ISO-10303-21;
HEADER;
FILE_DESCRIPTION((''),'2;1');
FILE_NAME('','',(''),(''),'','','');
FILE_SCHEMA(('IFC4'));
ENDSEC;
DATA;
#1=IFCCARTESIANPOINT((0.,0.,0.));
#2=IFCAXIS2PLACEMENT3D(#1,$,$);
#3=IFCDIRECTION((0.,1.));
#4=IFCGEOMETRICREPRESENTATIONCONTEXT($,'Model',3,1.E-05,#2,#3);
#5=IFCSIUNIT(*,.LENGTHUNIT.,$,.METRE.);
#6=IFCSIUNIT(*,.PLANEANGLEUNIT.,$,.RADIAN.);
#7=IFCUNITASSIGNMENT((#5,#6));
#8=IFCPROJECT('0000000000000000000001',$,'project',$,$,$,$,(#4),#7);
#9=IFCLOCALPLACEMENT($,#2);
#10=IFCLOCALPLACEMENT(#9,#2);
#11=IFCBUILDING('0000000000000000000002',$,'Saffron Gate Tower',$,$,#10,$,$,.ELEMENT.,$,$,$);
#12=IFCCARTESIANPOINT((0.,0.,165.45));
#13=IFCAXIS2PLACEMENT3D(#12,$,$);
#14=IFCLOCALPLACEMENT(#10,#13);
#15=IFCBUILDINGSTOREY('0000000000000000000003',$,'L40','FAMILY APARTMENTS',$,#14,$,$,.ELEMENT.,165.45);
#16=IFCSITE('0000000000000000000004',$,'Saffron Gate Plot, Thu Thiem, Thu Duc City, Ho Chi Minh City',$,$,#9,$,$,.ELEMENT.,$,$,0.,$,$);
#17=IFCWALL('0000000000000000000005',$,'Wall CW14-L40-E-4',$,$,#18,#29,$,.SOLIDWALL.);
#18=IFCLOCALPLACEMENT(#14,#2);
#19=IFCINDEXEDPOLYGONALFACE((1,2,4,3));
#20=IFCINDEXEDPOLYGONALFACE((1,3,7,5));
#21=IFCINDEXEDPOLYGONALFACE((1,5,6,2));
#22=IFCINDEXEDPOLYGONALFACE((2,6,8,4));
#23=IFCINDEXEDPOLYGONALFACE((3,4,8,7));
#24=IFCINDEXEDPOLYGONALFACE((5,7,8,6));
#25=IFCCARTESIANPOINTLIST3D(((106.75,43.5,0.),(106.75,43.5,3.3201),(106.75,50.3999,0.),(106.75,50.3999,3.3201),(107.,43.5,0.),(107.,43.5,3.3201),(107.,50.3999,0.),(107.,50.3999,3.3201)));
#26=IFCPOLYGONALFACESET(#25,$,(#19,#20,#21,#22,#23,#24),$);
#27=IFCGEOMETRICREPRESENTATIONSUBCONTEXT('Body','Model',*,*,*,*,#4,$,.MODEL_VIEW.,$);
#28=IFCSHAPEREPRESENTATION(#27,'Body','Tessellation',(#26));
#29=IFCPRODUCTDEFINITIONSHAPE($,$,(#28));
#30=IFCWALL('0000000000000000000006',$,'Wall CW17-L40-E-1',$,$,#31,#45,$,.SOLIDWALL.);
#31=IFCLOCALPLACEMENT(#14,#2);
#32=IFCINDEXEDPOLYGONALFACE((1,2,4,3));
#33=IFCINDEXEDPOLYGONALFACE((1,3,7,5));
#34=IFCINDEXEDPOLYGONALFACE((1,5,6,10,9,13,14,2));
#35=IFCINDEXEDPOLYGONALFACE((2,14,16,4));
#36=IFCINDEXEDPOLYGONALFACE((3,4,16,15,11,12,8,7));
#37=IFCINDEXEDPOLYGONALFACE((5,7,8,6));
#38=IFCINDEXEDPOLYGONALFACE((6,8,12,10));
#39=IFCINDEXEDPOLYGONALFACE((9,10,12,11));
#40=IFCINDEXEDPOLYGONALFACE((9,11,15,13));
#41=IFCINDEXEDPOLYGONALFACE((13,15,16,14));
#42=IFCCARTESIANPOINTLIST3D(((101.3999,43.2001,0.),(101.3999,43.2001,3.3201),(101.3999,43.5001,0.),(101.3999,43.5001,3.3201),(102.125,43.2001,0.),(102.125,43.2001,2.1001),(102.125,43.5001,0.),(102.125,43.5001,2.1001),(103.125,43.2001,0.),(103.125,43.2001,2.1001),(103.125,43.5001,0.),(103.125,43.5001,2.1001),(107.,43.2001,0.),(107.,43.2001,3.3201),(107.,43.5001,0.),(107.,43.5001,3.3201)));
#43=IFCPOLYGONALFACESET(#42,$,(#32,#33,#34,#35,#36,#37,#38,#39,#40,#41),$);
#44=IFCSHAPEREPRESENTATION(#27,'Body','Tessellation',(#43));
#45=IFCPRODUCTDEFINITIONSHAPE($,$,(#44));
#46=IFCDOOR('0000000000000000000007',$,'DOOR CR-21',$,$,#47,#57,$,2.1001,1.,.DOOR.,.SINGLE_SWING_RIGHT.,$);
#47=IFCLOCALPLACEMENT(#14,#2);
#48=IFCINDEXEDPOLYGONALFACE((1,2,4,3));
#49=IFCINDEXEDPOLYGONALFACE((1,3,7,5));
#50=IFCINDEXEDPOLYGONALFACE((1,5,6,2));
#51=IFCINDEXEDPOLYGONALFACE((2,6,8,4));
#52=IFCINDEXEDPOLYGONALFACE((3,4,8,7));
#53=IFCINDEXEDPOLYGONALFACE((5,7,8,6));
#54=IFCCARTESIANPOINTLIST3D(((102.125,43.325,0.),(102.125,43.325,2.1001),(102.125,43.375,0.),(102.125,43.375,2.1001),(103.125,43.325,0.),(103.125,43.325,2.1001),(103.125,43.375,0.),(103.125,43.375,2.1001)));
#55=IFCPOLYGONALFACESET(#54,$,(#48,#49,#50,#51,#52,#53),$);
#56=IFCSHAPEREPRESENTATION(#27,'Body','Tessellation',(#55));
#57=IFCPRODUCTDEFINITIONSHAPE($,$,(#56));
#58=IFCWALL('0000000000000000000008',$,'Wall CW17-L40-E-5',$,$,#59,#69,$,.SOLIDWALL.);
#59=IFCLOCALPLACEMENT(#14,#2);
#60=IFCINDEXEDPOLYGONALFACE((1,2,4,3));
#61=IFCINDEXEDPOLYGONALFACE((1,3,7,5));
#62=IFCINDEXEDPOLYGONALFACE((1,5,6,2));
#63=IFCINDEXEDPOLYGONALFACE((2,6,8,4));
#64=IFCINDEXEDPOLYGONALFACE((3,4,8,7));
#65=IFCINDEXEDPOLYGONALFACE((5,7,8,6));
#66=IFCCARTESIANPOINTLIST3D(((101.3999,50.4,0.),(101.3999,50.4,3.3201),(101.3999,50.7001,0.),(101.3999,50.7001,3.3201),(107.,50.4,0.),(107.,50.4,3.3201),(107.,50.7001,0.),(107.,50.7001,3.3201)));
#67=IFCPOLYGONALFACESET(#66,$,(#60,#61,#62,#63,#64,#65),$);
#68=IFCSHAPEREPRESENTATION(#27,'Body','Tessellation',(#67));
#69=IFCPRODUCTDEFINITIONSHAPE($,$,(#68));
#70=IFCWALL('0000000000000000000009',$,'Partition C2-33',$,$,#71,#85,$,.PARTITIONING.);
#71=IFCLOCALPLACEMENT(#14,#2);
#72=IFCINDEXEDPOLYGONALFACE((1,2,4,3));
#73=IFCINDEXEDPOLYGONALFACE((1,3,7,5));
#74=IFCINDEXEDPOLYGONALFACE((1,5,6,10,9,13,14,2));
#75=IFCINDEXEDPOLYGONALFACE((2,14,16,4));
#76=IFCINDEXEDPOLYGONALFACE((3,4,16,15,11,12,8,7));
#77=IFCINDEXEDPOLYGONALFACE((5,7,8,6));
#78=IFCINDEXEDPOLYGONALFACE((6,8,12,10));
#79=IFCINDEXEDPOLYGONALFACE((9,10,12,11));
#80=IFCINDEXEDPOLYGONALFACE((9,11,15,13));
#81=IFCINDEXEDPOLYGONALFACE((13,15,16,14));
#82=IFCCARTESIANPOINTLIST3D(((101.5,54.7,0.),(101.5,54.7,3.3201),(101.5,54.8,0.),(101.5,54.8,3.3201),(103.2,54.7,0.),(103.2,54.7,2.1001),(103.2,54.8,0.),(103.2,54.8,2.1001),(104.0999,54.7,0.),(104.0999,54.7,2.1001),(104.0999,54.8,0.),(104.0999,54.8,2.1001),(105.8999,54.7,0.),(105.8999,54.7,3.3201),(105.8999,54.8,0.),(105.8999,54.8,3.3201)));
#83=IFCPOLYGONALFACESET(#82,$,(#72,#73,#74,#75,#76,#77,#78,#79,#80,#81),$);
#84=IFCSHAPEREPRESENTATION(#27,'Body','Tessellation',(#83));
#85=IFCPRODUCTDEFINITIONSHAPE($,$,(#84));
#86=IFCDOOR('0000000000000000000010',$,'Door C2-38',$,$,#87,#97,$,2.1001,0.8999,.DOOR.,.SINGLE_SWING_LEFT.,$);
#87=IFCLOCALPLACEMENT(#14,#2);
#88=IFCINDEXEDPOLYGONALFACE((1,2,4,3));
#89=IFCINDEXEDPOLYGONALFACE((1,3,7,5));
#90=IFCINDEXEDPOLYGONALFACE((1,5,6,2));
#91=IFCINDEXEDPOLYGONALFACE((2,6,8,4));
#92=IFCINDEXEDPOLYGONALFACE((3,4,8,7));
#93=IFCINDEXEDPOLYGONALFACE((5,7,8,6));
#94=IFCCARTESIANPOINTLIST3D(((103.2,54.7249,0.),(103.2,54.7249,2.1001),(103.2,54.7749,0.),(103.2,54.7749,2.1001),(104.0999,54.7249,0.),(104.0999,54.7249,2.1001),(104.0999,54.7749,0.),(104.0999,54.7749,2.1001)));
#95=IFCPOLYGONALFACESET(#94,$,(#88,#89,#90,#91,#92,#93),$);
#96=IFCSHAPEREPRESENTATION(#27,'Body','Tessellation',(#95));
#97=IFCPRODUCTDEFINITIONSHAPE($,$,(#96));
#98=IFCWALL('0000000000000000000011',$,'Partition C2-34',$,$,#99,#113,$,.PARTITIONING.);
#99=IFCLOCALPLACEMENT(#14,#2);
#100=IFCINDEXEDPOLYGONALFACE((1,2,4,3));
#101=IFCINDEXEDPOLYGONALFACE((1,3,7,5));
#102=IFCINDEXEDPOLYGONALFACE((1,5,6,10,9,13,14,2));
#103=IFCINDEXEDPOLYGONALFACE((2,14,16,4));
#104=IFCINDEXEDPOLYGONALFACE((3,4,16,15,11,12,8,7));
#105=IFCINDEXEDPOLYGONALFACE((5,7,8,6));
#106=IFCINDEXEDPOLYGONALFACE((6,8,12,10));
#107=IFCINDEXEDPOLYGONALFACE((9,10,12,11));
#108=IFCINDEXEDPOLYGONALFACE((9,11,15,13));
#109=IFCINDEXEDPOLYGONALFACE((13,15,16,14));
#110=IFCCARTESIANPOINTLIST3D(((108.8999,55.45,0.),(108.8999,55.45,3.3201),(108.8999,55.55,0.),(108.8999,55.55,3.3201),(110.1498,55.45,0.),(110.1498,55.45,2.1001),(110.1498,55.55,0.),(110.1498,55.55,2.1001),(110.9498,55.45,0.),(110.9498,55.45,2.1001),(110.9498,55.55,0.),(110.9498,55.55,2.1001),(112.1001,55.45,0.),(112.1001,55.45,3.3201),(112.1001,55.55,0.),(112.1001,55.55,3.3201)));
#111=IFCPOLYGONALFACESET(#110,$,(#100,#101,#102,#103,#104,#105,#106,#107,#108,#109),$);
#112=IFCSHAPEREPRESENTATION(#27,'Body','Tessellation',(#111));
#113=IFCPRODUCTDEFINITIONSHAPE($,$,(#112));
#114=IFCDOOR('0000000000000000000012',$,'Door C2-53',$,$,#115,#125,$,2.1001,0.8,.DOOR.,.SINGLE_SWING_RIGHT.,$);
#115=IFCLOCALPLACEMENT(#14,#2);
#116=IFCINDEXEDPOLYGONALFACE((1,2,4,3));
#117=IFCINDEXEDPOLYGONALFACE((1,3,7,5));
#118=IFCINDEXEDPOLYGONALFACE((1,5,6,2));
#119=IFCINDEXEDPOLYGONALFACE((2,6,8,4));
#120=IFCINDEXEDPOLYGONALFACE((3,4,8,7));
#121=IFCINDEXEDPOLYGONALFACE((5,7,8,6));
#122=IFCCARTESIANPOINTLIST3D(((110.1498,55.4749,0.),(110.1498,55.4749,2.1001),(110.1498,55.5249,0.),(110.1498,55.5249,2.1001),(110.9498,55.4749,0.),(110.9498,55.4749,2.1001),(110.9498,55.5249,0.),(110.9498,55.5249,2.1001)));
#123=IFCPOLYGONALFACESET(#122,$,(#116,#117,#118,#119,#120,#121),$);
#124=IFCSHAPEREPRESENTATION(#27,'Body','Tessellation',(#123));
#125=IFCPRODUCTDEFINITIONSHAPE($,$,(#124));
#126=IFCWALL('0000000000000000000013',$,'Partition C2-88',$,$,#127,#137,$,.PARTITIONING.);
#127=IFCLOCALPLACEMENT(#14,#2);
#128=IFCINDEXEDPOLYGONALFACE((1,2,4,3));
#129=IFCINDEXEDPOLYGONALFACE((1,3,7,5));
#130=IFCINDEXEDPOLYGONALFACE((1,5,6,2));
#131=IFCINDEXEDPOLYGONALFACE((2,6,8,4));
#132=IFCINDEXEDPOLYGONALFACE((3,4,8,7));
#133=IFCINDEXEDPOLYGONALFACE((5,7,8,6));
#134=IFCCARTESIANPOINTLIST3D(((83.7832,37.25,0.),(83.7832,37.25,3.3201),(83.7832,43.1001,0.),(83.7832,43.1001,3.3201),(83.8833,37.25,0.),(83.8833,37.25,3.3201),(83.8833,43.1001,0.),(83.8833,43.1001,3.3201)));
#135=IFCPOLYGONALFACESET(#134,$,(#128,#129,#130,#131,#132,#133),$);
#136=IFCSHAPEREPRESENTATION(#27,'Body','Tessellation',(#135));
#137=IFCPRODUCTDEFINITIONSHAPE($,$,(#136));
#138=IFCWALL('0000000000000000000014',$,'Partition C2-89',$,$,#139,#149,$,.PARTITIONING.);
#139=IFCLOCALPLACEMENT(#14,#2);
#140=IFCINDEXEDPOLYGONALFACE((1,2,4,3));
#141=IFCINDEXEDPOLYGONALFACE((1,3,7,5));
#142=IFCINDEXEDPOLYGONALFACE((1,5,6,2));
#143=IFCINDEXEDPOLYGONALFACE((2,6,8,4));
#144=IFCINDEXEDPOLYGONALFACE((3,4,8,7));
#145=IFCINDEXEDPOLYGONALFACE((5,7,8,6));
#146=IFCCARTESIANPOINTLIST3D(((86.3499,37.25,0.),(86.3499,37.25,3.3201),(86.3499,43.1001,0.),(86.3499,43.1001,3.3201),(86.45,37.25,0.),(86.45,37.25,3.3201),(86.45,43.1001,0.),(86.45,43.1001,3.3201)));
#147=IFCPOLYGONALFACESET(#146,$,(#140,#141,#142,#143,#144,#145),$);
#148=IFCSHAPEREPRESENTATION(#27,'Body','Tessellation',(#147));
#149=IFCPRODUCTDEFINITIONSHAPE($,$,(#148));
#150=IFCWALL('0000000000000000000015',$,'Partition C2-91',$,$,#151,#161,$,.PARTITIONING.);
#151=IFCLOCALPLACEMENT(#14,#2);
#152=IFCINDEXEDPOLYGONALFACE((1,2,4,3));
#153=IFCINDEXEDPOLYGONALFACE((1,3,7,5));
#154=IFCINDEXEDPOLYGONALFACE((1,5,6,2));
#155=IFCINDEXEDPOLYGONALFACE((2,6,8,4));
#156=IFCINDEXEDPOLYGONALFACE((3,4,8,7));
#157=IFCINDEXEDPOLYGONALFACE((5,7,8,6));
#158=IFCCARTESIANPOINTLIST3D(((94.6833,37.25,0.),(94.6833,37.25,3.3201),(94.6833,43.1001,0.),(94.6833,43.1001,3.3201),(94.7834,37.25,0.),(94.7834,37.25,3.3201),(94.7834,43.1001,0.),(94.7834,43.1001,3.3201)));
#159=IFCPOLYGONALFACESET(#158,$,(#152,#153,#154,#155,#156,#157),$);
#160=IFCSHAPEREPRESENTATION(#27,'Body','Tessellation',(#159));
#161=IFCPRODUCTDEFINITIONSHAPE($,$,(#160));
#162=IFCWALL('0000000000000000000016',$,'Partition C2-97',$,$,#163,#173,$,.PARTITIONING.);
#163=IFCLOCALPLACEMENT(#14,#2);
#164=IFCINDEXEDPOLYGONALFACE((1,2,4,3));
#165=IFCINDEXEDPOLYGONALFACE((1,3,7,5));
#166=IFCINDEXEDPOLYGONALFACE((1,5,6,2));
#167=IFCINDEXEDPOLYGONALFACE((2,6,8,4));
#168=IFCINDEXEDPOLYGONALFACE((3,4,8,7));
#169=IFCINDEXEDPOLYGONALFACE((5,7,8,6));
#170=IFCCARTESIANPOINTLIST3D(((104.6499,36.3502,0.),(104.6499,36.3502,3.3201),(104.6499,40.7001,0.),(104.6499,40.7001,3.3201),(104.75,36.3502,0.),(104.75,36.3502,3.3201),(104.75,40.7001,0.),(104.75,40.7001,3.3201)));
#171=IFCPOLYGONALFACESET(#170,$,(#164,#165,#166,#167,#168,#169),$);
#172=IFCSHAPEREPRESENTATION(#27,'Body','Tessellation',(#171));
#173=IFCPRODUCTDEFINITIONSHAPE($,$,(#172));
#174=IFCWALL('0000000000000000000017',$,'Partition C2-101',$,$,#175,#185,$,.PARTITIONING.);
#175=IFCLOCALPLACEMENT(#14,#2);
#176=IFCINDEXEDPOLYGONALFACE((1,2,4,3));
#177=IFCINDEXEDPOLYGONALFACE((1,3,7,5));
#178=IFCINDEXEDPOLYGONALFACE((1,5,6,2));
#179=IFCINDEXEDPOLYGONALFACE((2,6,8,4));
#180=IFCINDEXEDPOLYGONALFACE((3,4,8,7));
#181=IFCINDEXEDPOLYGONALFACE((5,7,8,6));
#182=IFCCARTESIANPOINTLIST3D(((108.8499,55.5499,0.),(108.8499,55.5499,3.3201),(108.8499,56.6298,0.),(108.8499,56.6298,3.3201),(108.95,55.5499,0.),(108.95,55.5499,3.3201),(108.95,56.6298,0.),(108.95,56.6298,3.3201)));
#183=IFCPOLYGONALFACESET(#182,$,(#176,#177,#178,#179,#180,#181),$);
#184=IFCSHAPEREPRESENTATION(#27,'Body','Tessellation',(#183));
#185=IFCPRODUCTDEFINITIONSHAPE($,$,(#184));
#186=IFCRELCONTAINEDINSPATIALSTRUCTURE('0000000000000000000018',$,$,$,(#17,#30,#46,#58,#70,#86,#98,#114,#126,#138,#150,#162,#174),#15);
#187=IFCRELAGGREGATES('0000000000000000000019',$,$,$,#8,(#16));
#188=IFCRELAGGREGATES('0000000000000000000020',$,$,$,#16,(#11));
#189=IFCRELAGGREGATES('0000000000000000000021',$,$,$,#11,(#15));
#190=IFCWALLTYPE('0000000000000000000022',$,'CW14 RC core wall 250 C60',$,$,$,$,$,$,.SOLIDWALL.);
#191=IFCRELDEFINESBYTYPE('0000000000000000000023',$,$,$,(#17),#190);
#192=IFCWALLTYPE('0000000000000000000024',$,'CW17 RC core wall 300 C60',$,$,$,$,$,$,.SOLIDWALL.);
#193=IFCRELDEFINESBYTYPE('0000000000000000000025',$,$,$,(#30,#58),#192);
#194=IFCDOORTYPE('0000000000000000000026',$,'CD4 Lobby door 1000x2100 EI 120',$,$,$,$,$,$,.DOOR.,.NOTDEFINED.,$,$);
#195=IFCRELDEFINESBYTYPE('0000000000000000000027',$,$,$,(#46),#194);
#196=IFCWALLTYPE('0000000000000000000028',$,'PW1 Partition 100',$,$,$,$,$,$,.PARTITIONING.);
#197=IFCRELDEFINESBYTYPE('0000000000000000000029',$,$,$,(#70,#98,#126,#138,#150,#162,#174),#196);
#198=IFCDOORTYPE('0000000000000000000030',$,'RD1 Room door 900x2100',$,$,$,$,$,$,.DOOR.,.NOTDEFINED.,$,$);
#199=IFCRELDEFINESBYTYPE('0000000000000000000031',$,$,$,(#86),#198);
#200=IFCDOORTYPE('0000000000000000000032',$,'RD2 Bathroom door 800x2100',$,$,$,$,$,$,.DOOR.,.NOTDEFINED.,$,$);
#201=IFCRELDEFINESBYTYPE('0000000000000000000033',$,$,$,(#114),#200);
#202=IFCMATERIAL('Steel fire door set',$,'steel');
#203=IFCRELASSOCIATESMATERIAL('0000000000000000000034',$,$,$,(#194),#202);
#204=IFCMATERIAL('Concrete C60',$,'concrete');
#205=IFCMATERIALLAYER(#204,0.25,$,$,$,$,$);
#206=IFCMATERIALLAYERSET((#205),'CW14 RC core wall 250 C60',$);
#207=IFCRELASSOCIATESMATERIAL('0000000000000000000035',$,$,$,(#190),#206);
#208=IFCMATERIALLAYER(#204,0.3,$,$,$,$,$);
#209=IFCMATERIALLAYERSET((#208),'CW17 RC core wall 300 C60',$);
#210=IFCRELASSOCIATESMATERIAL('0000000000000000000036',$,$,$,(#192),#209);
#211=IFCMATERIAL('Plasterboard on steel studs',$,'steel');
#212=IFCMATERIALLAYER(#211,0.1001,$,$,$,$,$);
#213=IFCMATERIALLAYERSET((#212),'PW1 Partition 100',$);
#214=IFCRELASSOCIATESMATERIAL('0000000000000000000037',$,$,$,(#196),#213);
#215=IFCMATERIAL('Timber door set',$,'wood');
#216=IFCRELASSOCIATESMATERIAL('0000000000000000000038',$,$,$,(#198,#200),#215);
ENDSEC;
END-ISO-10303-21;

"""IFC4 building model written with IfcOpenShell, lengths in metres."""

from ifc_helpers import new_model, si_unit, direction, frame, frame_2d, origin, place, context, subcontext, project, spatial, rectangle, extrude, material, layer, layer_set, type_object, element, fill, save


model = new_model("IFC4")

# Units and contexts
model_context = context("Model", 3, precision=1e-05, world=origin(), true_north=direction((0.0, 1.0)))
body_context = subcontext(model_context, "Body", "Model", "MODEL_VIEW")
ifc_project = project(units=[si_unit("LENGTHUNIT", "METRE"), si_unit("PLANEANGLEUNIT", "RADIAN")], contexts=[model_context])

# Site, building, storey
site_placement = place(None, origin())
site = spatial("IfcSite", under=ifc_project, at=site_placement, Name="Saffron Gate Plot, Thu Thiem, Thu Duc City, Ho Chi Minh City", CompositionType="ELEMENT", RefElevation=0.0)
building_placement = place(site_placement, origin())
building = spatial("IfcBuilding", under=site, at=building_placement, Name="Saffron Gate Tower", CompositionType="ELEMENT")
storey_placement = place(building_placement, frame((0.0, 0.0, 165.45)))
storey = spatial("IfcBuildingStorey", under=building, at=storey_placement, Name="L40", Description="FAMILY APARTMENTS", CompositionType="ELEMENT", Elevation=165.45)

# Shared definitions
ifc_material_1 = material(Name="Steel fire door set", Category="steel")
door_type_1 = type_object("IfcDoorType", Name="CD4 Lobby door 1000x2100 EI 120", OperationType="NOTDEFINED", PredefinedType="DOOR", material=ifc_material_1)
ifc_material_2 = material(Name="Concrete C60", Category="concrete")
ifc_layer_1 = layer(ifc_material_2, 0.25)
ifc_layer_set_1 = layer_set([ifc_layer_1], Name="CW14 RC core wall 250 C60")
wall_type_1 = type_object("IfcWallType", Name="CW14 RC core wall 250 C60", PredefinedType="SOLIDWALL", material=ifc_layer_set_1)

# Wall
wall_1_placement = place(storey_placement, frame((106.875, 43.5, 0.0), z_axis=(0.0, 0.0, 1.0), x_axis=(0.0, 1.0, 0.0)))
element("IfcWall", 1, at=wall_1_placement, inside=storey, type_object=wall_type_1, Name="Wall CW14-L40-E-4", PredefinedType="SOLIDWALL", context=body_context, shape_type="SweptSolid", body=[
    extrude(rectangle(XDim=6.8999, YDim=0.25, at=frame_2d((3.45, 0.0))), origin(), (0.0, 0.0, 1.0), 3.3201),
])

# Wall, opening, door
ifc_layer_2 = layer(ifc_material_2, 0.3)
ifc_layer_set_2 = layer_set([ifc_layer_2], Name="CW17 RC core wall 300 C60")
wall_type_2 = type_object("IfcWallType", Name="CW17 RC core wall 300 C60", PredefinedType="SOLIDWALL", material=ifc_layer_set_2)
wall_2_placement = place(storey_placement, frame((101.3999, 43.3501, 0.0), z_axis=(0.0, 0.0, 1.0), x_axis=(1.0, 0.0, 0.0)))
wall_2 = element("IfcWall", 2, at=wall_2_placement, inside=storey, type_object=wall_type_2, Name="Wall CW17-L40-E-1", PredefinedType="SOLIDWALL", context=body_context, shape_type="SweptSolid", body=[
    extrude(rectangle(XDim=5.6001, YDim=0.3, at=frame_2d((2.8, 0.0))), origin(), (0.0, 0.0, 1.0), 3.3201),
])
opening_1_placement = place(wall_2_placement, frame((0.7251, 0.0, 0.0)))
opening_1 = element("IfcOpeningElement", 3, at=opening_1_placement, cuts=wall_2, PredefinedType="OPENING", context=body_context, shape_type="SweptSolid", body=[
    extrude(rectangle(XDim=1.0, YDim=2.1001, at=frame_2d((0.5, 1.05))), frame((0.0, 0.1602, 0.0), z_axis=(0.0, -1.0, 0.0), x_axis=(1.0, 0.0, 0.0)), (0.0, 0.0, 1.0), 0.3201),
])
door_1_placement = place(opening_1_placement, origin())
door_1 = element("IfcDoor", 4, at=door_1_placement, inside=storey, type_object=door_type_1, Name="DOOR CR-21", OperationType="SINGLE_SWING_RIGHT", OverallHeight=2.1001, OverallWidth=1.0, PredefinedType="DOOR", context=body_context, shape_type="SweptSolid", body=[
    extrude(rectangle(XDim=1.0, YDim=2.1001, at=frame_2d((0.5, 1.05))), frame((0.0, 0.0249, 0.0), z_axis=(0.0, -1.0, 0.0), x_axis=(1.0, 0.0, 0.0)), (0.0, 0.0, 1.0), 0.05),
])
fill(opening_1, door_1)

# Wall
wall_3_placement = place(storey_placement, frame((101.3999, 50.55, 0.0), z_axis=(0.0, 0.0, 1.0), x_axis=(1.0, 0.0, 0.0)))
element("IfcWall", 5, at=wall_3_placement, inside=storey, type_object=wall_type_2, Name="Wall CW17-L40-E-5", PredefinedType="SOLIDWALL", context=body_context, shape_type="SweptSolid", body=[
    extrude(rectangle(XDim=5.6001, YDim=0.3, at=frame_2d((2.8, 0.0))), origin(), (0.0, 0.0, 1.0), 3.3201),
])

# Walls, openings, doors
ifc_material_3 = material(Name="Plasterboard on steel studs", Category="steel")
ifc_layer_3 = layer(ifc_material_3, 0.1001)
ifc_layer_set_3 = layer_set([ifc_layer_3], Name="PW1 Partition 100")
wall_type_3 = type_object("IfcWallType", Name="PW1 Partition 100", PredefinedType="PARTITIONING", material=ifc_layer_set_3)
wall_4_placement = place(storey_placement, frame((101.5, 54.75, 0.0), z_axis=(0.0, 0.0, 1.0), x_axis=(1.0, 0.0, 0.0)))
wall_4 = element("IfcWall", 6, at=wall_4_placement, inside=storey, type_object=wall_type_3, Name="Partition C2-33", PredefinedType="PARTITIONING", context=body_context, shape_type="SweptSolid", body=[
    extrude(rectangle(XDim=4.3999, YDim=0.1001, at=frame_2d((2.2, 0.0))), origin(), (0.0, 0.0, 1.0), 3.3201),
])
opening_2_placement = place(wall_4_placement, frame((1.7, 0.0, 0.0)))
opening_2 = element("IfcOpeningElement", 7, at=opening_2_placement, cuts=wall_4, PredefinedType="OPENING", context=body_context, shape_type="SweptSolid", body=[
    extrude(rectangle(XDim=0.8999, YDim=2.1001, at=frame_2d((0.45, 1.05))), frame((0.0, 0.0601, 0.0), z_axis=(0.0, -1.0, 0.0), x_axis=(1.0, 0.0, 0.0)), (0.0, 0.0, 1.0), 0.1201),
])
ifc_material_4 = material(Name="Timber door set", Category="wood")
door_type_2 = type_object("IfcDoorType", Name="RD1 Room door 900x2100", OperationType="NOTDEFINED", PredefinedType="DOOR", material=ifc_material_4)
door_2_placement = place(opening_2_placement, origin())
door_2 = element("IfcDoor", 8, at=door_2_placement, inside=storey, type_object=door_type_2, Name="Door C2-38", OperationType="SINGLE_SWING_LEFT", OverallHeight=2.1001, OverallWidth=0.8999, PredefinedType="DOOR", context=body_context, shape_type="SweptSolid", body=[
    extrude(rectangle(XDim=0.8999, YDim=2.1001, at=frame_2d((0.45, 1.05))), frame((0.0, 0.0249, 0.0), z_axis=(0.0, -1.0, 0.0), x_axis=(1.0, 0.0, 0.0)), (0.0, 0.0, 1.0), 0.05),
])
fill(opening_2, door_2)
wall_5_placement = place(storey_placement, frame((108.8999, 55.5, 0.0), z_axis=(0.0, 0.0, 1.0), x_axis=(1.0, 0.0, 0.0)))
wall_5 = element("IfcWall", 9, at=wall_5_placement, inside=storey, type_object=wall_type_3, Name="Partition C2-34", PredefinedType="PARTITIONING", context=body_context, shape_type="SweptSolid", body=[
    extrude(rectangle(XDim=3.2002, YDim=0.1001, at=frame_2d((1.6001, 0.0))), origin(), (0.0, 0.0, 1.0), 3.3201),
])
opening_3_placement = place(wall_5_placement, frame((1.25, 0.0, 0.0)))
opening_3 = element("IfcOpeningElement", 10, at=opening_3_placement, cuts=wall_5, PredefinedType="OPENING", context=body_context, shape_type="SweptSolid", body=[
    extrude(rectangle(XDim=0.8, YDim=2.1001, at=frame_2d((0.3999, 1.05))), frame((0.0, 0.0601, 0.0), z_axis=(0.0, -1.0, 0.0), x_axis=(1.0, 0.0, 0.0)), (0.0, 0.0, 1.0), 0.1201),
])
door_type_3 = type_object("IfcDoorType", Name="RD2 Bathroom door 800x2100", OperationType="NOTDEFINED", PredefinedType="DOOR", material=ifc_material_4)
door_3_placement = place(opening_3_placement, origin())
door_3 = element("IfcDoor", 11, at=door_3_placement, inside=storey, type_object=door_type_3, Name="Door C2-53", OperationType="SINGLE_SWING_RIGHT", OverallHeight=2.1001, OverallWidth=0.8, PredefinedType="DOOR", context=body_context, shape_type="SweptSolid", body=[
    extrude(rectangle(XDim=0.8, YDim=2.1001, at=frame_2d((0.3999, 1.05))), frame((0.0, 0.0249, 0.0), z_axis=(0.0, -1.0, 0.0), x_axis=(1.0, 0.0, 0.0)), (0.0, 0.0, 1.0), 0.05),
])
fill(opening_3, door_3)

# Walls
for number, where, z_axis, x_axis, name in (
    (12, (83.8333, 43.1001, 0.0), (0.0, 0.0, 1.0), (0.0, -1.0, 0.0), "Partition C2-88"),
    (13, (86.3999, 43.1001, 0.0), (0.0, 0.0, 1.0), (0.0, -1.0, 0.0), "Partition C2-89"),
    (14, (94.7334, 43.1001, 0.0), (0.0, 0.0, 1.0), (0.0, -1.0, 0.0), "Partition C2-91"),
):
    element("IfcWall", number, at=place(storey_placement, frame(where, z_axis=z_axis, x_axis=x_axis)), inside=storey, type_object=wall_type_3, Name=name, PredefinedType="PARTITIONING", context=body_context, shape_type="SweptSolid", body=[
        extrude(rectangle(XDim=5.8501, YDim=0.1001, at=frame_2d((2.925, 0.0))), origin(), (0.0, 0.0, 1.0), 3.3201),
    ])
wall_6_placement = place(storey_placement, frame((104.7, 40.7, 0.0), z_axis=(0.0, 0.0, 1.0), x_axis=(0.0, -1.0, 0.0)))
element("IfcWall", 15, at=wall_6_placement, inside=storey, type_object=wall_type_3, Name="Partition C2-97", PredefinedType="PARTITIONING", context=body_context, shape_type="SweptSolid", body=[
    extrude(rectangle(XDim=4.3499, YDim=0.1001, at=frame_2d((2.1748, 0.0))), origin(), (0.0, 0.0, 1.0), 3.3201),
])
wall_7_placement = place(storey_placement, frame((108.8999, 56.6299, 0.0), z_axis=(0.0, 0.0, 1.0), x_axis=(0.0, -1.0, 0.0)))
element("IfcWall", 16, at=wall_7_placement, inside=storey, type_object=wall_type_3, Name="Partition C2-101", PredefinedType="PARTITIONING", context=body_context, shape_type="SweptSolid", body=[
    extrude(rectangle(XDim=1.0798, YDim=0.1001, at=frame_2d((0.54, 0.0))), origin(), (0.0, 0.0, 1.0), 3.3201),
])

save(model, "model.ifc")
